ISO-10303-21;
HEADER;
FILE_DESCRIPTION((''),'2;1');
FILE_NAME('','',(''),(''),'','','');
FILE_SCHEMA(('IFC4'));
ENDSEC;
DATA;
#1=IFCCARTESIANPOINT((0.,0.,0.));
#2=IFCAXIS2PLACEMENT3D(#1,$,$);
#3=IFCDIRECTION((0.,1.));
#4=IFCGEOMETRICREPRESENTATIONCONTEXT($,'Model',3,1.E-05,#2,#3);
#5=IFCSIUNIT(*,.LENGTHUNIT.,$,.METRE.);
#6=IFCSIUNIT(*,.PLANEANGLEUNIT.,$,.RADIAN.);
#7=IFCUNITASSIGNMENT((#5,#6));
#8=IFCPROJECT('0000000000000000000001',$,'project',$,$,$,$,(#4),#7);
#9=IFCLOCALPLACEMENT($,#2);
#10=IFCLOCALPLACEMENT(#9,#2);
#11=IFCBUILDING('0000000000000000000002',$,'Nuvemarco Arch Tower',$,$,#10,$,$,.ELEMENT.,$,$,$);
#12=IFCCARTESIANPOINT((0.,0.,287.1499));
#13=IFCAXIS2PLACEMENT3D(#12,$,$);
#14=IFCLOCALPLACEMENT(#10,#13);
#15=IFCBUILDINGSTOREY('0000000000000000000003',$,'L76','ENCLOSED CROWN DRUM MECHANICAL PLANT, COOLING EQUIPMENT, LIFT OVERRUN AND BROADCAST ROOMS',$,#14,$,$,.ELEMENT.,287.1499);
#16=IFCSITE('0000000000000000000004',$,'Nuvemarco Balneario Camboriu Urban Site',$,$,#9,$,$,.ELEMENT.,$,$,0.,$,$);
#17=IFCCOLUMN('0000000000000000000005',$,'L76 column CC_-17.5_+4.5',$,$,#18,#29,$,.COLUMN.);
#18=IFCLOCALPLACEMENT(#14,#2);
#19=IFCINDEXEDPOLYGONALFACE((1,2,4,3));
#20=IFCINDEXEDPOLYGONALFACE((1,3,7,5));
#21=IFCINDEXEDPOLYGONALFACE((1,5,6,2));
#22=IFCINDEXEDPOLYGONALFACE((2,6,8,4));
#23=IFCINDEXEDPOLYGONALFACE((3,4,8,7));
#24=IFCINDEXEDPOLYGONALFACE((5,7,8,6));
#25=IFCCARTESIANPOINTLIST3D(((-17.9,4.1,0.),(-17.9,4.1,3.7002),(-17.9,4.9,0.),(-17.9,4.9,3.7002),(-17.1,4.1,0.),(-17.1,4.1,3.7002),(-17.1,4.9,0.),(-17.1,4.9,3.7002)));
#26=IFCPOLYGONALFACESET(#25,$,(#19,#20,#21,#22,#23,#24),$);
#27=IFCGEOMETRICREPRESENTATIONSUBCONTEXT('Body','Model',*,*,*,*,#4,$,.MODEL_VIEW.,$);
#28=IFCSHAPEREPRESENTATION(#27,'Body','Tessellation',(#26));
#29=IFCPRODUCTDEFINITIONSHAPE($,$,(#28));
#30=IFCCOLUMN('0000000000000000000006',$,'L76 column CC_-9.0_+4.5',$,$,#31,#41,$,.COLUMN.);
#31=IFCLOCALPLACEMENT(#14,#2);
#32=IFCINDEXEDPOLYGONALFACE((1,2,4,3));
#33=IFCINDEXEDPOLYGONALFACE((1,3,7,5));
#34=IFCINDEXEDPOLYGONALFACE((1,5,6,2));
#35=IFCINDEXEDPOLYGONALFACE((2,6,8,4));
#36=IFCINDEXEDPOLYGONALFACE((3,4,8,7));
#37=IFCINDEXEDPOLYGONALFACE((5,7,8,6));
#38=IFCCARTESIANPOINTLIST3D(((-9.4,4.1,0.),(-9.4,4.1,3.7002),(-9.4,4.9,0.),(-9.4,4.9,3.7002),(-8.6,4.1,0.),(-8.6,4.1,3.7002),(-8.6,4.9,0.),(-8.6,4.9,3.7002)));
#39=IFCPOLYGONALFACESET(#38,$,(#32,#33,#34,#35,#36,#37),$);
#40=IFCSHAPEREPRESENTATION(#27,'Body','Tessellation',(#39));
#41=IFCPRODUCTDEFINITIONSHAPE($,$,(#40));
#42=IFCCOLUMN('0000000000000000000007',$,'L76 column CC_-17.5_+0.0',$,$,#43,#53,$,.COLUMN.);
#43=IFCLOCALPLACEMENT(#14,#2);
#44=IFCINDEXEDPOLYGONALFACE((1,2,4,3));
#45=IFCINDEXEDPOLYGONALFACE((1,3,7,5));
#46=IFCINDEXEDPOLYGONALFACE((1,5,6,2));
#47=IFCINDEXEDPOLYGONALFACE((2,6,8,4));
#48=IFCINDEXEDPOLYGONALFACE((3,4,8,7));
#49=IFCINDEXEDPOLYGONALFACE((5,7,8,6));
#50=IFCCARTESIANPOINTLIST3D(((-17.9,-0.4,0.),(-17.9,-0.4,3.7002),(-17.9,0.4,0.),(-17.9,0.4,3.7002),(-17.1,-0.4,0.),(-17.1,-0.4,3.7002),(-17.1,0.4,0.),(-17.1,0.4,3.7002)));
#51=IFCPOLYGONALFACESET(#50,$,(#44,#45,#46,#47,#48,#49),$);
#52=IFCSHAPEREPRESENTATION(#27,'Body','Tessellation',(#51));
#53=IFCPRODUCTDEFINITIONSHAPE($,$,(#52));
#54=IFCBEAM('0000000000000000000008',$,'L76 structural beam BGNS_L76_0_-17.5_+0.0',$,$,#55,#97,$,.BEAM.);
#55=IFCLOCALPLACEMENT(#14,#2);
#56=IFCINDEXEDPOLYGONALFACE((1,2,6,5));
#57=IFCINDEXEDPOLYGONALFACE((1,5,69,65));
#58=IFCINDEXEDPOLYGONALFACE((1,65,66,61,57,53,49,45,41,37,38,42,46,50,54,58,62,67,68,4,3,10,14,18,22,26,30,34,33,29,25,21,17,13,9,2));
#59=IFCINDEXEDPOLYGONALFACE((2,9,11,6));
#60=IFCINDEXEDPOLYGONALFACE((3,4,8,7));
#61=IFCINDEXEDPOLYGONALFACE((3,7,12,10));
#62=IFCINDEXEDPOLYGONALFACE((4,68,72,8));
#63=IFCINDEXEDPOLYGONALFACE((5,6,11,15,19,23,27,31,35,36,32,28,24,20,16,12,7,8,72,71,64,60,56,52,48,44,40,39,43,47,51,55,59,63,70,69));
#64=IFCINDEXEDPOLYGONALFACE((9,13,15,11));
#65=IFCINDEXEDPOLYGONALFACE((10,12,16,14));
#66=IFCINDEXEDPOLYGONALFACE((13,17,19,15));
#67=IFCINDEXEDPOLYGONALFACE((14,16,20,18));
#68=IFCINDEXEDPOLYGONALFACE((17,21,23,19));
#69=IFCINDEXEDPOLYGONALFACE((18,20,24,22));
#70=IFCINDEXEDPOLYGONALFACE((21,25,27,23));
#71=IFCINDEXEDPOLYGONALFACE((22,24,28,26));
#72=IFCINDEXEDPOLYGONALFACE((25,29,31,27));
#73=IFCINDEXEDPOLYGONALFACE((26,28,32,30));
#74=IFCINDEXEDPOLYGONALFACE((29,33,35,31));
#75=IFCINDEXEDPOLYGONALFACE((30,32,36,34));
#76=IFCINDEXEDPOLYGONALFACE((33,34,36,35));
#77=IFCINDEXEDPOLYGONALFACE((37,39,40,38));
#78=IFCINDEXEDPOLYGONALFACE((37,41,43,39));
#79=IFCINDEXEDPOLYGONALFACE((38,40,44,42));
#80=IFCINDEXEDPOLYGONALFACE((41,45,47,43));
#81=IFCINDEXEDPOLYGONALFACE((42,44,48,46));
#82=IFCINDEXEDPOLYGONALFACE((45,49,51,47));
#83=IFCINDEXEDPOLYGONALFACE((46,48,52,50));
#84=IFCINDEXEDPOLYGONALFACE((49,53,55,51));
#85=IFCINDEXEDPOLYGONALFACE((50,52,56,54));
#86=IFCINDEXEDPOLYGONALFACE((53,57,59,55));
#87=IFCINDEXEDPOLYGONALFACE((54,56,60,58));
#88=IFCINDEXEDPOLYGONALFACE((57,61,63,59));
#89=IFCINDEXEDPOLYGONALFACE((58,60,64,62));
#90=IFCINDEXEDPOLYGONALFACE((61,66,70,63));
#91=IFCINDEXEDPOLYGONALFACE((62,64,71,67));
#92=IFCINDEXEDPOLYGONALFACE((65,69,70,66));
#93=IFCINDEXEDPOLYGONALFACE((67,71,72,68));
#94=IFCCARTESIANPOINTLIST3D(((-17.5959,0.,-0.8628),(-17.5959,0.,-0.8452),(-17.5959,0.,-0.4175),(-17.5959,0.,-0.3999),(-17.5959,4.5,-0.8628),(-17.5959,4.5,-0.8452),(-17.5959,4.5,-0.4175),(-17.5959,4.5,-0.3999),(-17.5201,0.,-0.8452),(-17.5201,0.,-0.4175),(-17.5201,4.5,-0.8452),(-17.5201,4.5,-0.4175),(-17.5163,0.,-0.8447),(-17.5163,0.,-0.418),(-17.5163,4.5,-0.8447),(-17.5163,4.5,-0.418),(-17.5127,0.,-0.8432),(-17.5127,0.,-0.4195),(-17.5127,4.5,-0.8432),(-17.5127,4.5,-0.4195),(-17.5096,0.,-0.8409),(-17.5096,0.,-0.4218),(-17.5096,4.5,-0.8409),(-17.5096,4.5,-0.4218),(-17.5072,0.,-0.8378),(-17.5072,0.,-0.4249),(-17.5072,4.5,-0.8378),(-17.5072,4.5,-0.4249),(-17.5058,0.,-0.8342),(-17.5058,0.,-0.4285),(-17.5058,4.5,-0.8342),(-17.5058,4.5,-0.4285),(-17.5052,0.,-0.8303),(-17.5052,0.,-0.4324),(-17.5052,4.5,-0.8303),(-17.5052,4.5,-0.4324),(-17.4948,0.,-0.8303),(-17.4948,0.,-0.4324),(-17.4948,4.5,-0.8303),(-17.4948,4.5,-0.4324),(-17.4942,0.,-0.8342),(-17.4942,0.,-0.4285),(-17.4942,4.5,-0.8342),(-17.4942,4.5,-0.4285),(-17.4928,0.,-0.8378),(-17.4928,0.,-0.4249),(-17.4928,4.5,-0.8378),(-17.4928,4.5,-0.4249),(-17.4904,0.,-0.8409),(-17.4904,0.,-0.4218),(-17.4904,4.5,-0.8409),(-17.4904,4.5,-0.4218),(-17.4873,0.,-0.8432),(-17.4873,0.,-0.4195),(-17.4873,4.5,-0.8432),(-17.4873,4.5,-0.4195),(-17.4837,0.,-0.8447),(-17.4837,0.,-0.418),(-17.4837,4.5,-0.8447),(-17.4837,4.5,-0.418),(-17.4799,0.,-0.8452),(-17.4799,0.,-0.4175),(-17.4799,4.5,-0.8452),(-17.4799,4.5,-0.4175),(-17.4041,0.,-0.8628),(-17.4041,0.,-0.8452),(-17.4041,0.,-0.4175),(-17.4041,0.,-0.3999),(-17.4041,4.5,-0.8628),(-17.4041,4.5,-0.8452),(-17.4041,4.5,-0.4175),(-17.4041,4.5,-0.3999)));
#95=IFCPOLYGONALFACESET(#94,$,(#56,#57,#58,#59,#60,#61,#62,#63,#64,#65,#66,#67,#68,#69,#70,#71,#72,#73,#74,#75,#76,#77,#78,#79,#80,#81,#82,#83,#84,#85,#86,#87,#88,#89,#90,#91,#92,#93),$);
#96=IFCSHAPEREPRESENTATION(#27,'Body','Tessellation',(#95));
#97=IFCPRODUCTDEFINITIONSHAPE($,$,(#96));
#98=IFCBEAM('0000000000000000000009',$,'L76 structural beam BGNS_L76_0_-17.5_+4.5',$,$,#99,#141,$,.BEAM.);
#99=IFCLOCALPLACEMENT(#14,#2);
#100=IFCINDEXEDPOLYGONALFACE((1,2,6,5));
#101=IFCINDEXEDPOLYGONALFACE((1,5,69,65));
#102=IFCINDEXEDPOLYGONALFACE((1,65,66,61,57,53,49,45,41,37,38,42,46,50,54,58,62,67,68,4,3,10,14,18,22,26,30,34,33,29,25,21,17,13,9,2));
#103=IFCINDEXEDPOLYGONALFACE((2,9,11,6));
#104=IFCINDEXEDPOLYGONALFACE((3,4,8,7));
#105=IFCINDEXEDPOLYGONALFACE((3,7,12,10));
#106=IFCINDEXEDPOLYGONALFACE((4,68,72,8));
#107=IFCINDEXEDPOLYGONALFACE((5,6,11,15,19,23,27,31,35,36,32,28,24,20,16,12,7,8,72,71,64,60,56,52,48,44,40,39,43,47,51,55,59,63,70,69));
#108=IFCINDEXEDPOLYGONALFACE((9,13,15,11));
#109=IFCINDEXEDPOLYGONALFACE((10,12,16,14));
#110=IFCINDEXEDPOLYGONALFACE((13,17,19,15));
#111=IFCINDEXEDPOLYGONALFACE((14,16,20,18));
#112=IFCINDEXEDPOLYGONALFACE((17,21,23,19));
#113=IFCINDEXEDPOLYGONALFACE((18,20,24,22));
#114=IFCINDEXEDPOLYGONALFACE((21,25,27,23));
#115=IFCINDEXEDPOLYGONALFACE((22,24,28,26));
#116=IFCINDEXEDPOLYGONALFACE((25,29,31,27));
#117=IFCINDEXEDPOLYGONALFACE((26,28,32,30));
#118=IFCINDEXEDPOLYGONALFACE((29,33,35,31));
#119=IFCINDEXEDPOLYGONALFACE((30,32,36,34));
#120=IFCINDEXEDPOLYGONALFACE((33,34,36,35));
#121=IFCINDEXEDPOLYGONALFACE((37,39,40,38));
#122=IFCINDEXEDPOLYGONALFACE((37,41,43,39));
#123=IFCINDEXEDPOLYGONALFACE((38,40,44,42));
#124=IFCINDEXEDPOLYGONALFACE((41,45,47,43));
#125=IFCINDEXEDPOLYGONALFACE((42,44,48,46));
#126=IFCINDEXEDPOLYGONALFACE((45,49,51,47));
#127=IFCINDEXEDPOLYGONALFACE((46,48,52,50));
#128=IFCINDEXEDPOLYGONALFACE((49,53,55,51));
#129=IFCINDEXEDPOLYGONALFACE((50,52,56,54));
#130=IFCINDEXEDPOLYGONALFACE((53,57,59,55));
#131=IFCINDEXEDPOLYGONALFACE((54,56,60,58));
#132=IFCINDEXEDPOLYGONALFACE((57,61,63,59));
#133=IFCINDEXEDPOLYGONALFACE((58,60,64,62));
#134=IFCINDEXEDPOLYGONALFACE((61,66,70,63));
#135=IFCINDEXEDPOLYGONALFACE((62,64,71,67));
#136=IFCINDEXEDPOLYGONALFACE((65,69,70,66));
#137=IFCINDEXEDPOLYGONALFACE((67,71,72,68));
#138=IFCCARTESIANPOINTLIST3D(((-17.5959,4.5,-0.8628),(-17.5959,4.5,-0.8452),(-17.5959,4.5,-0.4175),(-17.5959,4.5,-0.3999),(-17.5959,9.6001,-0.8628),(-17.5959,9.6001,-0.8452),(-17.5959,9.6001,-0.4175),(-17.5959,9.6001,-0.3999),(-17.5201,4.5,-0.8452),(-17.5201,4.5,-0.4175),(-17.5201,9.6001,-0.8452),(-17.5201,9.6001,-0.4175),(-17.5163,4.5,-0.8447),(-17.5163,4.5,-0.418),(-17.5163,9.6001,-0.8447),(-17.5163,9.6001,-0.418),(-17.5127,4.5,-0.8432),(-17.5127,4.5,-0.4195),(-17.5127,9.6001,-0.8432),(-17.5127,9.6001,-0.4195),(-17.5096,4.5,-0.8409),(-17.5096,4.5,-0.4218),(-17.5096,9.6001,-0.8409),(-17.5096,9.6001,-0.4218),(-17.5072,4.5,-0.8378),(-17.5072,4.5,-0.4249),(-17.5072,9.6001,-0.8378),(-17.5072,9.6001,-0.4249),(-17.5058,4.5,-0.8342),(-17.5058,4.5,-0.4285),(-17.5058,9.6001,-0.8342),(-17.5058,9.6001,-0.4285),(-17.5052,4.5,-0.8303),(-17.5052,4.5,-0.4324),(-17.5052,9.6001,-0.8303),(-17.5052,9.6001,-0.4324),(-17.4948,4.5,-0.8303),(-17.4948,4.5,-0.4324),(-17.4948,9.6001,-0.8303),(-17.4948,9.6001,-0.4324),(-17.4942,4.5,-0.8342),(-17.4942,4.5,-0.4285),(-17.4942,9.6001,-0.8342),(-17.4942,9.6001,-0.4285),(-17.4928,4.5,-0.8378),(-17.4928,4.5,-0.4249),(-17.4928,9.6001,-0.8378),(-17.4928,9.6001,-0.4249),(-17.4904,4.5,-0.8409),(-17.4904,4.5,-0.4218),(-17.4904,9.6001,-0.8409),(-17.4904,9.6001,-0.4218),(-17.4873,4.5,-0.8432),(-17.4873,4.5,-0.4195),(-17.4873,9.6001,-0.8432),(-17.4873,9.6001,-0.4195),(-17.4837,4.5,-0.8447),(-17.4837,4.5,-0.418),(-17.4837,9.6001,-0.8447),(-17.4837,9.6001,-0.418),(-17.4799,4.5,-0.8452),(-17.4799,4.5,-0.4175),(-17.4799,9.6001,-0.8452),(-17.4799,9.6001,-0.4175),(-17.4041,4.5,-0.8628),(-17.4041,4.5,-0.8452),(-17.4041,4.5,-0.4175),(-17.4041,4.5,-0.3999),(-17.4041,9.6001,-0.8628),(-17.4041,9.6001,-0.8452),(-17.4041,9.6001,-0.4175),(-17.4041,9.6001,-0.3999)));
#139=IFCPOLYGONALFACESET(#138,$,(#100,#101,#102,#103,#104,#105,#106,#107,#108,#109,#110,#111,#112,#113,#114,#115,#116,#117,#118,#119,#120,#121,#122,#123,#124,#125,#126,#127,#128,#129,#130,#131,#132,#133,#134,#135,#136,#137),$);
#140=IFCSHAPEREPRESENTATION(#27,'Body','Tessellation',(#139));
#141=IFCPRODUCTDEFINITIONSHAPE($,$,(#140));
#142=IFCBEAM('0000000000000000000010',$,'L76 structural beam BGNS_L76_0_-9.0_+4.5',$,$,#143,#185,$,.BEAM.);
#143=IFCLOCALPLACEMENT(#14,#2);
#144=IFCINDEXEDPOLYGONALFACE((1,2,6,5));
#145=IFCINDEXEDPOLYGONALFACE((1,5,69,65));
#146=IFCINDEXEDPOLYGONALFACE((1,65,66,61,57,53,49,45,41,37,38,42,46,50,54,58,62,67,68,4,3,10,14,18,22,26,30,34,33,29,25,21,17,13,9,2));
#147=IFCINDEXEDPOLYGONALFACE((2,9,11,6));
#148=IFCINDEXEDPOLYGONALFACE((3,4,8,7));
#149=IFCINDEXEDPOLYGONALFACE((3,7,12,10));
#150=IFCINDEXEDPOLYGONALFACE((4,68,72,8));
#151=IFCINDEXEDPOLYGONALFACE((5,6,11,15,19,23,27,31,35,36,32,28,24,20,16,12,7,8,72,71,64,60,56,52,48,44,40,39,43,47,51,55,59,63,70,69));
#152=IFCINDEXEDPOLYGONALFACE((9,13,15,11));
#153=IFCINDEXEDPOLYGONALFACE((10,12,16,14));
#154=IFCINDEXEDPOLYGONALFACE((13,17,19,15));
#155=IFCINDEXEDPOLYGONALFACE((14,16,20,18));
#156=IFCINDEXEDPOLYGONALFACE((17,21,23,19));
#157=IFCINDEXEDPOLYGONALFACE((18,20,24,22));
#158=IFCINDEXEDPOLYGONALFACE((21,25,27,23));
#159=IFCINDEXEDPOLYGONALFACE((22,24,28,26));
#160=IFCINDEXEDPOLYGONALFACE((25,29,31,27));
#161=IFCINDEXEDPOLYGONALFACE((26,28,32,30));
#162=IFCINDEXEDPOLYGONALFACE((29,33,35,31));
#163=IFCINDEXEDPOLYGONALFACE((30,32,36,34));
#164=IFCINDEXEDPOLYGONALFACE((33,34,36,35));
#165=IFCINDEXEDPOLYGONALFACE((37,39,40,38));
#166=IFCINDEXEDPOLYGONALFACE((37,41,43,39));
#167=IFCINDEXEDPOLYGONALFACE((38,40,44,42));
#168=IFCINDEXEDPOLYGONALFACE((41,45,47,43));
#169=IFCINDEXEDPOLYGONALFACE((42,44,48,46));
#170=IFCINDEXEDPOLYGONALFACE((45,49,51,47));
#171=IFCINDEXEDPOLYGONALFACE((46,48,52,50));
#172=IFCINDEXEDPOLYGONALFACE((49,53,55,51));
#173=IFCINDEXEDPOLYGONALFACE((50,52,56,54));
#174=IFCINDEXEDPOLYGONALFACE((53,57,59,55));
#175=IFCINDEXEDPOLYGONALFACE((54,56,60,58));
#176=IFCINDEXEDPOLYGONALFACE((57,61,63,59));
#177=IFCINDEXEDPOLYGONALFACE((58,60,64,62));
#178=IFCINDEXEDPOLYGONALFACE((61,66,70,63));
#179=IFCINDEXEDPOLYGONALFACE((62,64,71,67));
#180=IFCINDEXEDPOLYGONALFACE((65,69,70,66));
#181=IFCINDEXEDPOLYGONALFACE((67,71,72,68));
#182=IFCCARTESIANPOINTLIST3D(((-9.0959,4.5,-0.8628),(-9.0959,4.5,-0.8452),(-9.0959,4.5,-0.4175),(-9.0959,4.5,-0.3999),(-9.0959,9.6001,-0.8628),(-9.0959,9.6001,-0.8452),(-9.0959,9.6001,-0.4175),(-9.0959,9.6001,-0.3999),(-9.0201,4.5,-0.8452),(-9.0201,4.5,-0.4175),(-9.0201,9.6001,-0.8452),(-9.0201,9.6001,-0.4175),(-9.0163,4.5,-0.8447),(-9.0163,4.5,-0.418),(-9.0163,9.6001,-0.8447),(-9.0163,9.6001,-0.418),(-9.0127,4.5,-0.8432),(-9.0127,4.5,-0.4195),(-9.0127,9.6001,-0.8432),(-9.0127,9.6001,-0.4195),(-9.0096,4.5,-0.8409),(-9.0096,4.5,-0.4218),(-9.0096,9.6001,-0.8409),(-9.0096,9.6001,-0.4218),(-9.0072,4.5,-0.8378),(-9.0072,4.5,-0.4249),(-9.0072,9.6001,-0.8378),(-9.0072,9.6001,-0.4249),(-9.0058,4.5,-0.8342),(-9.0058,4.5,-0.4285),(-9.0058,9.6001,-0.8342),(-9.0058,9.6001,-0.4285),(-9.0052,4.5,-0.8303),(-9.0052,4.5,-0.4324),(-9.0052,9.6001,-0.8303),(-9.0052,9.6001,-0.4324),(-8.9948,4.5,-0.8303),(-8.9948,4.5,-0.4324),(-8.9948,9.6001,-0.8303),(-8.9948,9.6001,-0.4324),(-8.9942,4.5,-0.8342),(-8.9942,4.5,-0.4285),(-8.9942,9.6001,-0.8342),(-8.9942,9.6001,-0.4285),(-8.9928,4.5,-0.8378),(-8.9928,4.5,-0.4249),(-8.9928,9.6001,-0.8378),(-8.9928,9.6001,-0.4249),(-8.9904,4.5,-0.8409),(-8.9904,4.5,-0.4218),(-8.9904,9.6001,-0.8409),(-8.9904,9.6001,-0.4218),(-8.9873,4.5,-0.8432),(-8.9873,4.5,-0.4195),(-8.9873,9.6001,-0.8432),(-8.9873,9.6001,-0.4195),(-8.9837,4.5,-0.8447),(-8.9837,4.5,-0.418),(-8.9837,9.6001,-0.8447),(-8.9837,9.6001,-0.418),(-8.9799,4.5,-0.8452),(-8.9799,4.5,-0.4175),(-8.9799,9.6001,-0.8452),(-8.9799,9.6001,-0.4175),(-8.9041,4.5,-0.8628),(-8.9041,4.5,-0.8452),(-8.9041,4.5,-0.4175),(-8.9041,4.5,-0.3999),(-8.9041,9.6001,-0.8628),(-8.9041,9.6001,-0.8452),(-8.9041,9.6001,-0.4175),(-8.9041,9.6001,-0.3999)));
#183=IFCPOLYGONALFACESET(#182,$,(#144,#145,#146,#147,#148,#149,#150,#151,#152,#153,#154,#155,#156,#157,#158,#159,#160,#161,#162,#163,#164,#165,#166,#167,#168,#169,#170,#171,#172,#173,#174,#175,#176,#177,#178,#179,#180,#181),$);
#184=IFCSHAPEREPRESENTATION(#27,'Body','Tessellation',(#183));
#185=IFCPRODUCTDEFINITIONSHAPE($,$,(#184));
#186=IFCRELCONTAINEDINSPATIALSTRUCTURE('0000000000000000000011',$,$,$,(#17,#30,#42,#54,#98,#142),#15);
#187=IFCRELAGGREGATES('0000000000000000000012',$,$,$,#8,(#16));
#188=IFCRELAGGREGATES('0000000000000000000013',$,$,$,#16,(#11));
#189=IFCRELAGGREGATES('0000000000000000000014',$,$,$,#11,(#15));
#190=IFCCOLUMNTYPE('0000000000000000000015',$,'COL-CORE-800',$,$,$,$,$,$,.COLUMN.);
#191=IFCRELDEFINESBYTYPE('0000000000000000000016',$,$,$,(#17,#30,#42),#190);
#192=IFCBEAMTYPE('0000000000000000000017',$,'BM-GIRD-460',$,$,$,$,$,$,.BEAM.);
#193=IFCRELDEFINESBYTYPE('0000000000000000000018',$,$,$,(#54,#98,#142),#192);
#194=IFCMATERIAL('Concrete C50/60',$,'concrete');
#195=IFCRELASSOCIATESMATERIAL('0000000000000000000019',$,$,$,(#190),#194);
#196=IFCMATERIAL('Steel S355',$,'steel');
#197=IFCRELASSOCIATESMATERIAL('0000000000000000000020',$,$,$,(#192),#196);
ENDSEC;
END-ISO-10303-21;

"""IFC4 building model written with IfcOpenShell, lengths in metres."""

from ifc_helpers import new_model, si_unit, direction, frame, origin, origin_2d, place, context, subcontext, project, spatial, rectangle, i_section, extrude, material, material_profile, profile_set, type_object, element, save


model = new_model("IFC4")

# Units and contexts
model_context = context("Model", 3, precision=1e-05, world=origin(), true_north=direction((0.0, 1.0)))
body_context = subcontext(model_context, "Body", "Model", "MODEL_VIEW")
ifc_project = project(units=[si_unit("LENGTHUNIT", "METRE"), si_unit("PLANEANGLEUNIT", "RADIAN")], contexts=[model_context])

# Site, building, storey
site_placement = place(None, origin())
site = spatial("IfcSite", under=ifc_project, at=site_placement, Name="Nuvemarco Balneario Camboriu Urban Site", CompositionType="ELEMENT", RefElevation=0.0)
building_placement = place(site_placement, origin())
building = spatial("IfcBuilding", under=site, at=building_placement, Name="Nuvemarco Arch Tower", CompositionType="ELEMENT")
storey_placement = place(building_placement, frame((0.0, 0.0, 287.1499)))
storey = spatial("IfcBuildingStorey", under=building, at=storey_placement, Name="L76", Description="ENCLOSED CROWN DRUM MECHANICAL PLANT, COOLING EQUIPMENT, LIFT OVERRUN AND BROADCAST ROOMS", CompositionType="ELEMENT", Elevation=287.1499)

# Columns
ifc_material_1 = material(Name="Concrete C50/60", Category="concrete")
ifc_material_profile_1 = material_profile(ifc_material_1, rectangle(XDim=0.8, YDim=0.8, at=origin_2d()), Name="RC-COL-800x800")
ifc_profile_set_1 = profile_set([ifc_material_profile_1], Name="Concrete C50/60")
column_type = type_object("IfcColumnType", Name="COL-CORE-800", PredefinedType="COLUMN", material=ifc_profile_set_1)
for number, where, z_axis, x_axis, name in (
    (1, (-17.5, 4.5, 0.0), (0.0, 0.0, 1.0), (1.0, 0.0, 0.0), "L76 column CC_-17.5_+4.5"),
    (2, (-9.0, 4.5, 0.0), (0.0, 0.0, 1.0), (1.0, 0.0, 0.0), "L76 column CC_-9.0_+4.5"),
    (3, (-17.5, 0.0, 0.0), (0.0, 0.0, 1.0), (1.0, 0.0, 0.0), "L76 column CC_-17.5_+0.0"),
):
    element("IfcColumn", number, at=place(storey_placement, frame(where, z_axis=z_axis, x_axis=x_axis)), inside=storey, type_object=column_type, Name=name, PredefinedType="COLUMN", context=body_context, shape_type="SweptSolid", body=[
        extrude(rectangle(XDim=0.8, YDim=0.8, at=origin_2d()), origin(), (0.0, 0.0, 1.0), 3.7002),
    ])

# Beams
ifc_material_2 = material(Name="Steel S355", Category="steel")
ifc_material_profile_2 = material_profile(ifc_material_2, i_section(OverallWidth=0.1919, OverallDepth=0.4629, WebThickness=0.0105, FlangeThickness=0.0176, FilletRadius=0.0149, at=origin_2d()), Name="W460x89")
ifc_profile_set_2 = profile_set([ifc_material_profile_2], Name="Steel S355")
beam_type = type_object("IfcBeamType", Name="BM-GIRD-460", PredefinedType="BEAM", material=ifc_profile_set_2)
beam_1_placement = place(storey_placement, frame((-17.5, 0.0, -0.6313), z_axis=(0.0, 1.0, 0.0), x_axis=(-1.0, 0.0, 0.0)))
element("IfcBeam", 4, at=beam_1_placement, inside=storey, type_object=beam_type, Name="L76 structural beam BGNS_L76_0_-17.5_+0.0", PredefinedType="BEAM", context=body_context, shape_type="SweptSolid", body=[
    extrude(i_section(OverallWidth=0.1919, OverallDepth=0.4629, WebThickness=0.0105, FlangeThickness=0.0176, FilletRadius=0.0149, at=origin_2d()), origin(), (0.0, 0.0, 1.0), 4.5),
])
for number, where, z_axis, x_axis, name in (
    (5, (-17.5, 4.5, -0.6313), (0.0, 1.0, 0.0), (-1.0, 0.0, 0.0), "L76 structural beam BGNS_L76_0_-17.5_+4.5"),
    (6, (-9.0, 4.5, -0.6313), (0.0, 1.0, 0.0), (-1.0, 0.0, 0.0), "L76 structural beam BGNS_L76_0_-9.0_+4.5"),
):
    element("IfcBeam", number, at=place(storey_placement, frame(where, z_axis=z_axis, x_axis=x_axis)), inside=storey, type_object=beam_type, Name=name, PredefinedType="BEAM", context=body_context, shape_type="SweptSolid", body=[
        extrude(i_section(OverallWidth=0.1919, OverallDepth=0.4629, WebThickness=0.0105, FlangeThickness=0.0176, FilletRadius=0.0149, at=origin_2d()), origin(), (0.0, 0.0, 1.0), 5.1001),
    ])

save(model, "model.ifc")
